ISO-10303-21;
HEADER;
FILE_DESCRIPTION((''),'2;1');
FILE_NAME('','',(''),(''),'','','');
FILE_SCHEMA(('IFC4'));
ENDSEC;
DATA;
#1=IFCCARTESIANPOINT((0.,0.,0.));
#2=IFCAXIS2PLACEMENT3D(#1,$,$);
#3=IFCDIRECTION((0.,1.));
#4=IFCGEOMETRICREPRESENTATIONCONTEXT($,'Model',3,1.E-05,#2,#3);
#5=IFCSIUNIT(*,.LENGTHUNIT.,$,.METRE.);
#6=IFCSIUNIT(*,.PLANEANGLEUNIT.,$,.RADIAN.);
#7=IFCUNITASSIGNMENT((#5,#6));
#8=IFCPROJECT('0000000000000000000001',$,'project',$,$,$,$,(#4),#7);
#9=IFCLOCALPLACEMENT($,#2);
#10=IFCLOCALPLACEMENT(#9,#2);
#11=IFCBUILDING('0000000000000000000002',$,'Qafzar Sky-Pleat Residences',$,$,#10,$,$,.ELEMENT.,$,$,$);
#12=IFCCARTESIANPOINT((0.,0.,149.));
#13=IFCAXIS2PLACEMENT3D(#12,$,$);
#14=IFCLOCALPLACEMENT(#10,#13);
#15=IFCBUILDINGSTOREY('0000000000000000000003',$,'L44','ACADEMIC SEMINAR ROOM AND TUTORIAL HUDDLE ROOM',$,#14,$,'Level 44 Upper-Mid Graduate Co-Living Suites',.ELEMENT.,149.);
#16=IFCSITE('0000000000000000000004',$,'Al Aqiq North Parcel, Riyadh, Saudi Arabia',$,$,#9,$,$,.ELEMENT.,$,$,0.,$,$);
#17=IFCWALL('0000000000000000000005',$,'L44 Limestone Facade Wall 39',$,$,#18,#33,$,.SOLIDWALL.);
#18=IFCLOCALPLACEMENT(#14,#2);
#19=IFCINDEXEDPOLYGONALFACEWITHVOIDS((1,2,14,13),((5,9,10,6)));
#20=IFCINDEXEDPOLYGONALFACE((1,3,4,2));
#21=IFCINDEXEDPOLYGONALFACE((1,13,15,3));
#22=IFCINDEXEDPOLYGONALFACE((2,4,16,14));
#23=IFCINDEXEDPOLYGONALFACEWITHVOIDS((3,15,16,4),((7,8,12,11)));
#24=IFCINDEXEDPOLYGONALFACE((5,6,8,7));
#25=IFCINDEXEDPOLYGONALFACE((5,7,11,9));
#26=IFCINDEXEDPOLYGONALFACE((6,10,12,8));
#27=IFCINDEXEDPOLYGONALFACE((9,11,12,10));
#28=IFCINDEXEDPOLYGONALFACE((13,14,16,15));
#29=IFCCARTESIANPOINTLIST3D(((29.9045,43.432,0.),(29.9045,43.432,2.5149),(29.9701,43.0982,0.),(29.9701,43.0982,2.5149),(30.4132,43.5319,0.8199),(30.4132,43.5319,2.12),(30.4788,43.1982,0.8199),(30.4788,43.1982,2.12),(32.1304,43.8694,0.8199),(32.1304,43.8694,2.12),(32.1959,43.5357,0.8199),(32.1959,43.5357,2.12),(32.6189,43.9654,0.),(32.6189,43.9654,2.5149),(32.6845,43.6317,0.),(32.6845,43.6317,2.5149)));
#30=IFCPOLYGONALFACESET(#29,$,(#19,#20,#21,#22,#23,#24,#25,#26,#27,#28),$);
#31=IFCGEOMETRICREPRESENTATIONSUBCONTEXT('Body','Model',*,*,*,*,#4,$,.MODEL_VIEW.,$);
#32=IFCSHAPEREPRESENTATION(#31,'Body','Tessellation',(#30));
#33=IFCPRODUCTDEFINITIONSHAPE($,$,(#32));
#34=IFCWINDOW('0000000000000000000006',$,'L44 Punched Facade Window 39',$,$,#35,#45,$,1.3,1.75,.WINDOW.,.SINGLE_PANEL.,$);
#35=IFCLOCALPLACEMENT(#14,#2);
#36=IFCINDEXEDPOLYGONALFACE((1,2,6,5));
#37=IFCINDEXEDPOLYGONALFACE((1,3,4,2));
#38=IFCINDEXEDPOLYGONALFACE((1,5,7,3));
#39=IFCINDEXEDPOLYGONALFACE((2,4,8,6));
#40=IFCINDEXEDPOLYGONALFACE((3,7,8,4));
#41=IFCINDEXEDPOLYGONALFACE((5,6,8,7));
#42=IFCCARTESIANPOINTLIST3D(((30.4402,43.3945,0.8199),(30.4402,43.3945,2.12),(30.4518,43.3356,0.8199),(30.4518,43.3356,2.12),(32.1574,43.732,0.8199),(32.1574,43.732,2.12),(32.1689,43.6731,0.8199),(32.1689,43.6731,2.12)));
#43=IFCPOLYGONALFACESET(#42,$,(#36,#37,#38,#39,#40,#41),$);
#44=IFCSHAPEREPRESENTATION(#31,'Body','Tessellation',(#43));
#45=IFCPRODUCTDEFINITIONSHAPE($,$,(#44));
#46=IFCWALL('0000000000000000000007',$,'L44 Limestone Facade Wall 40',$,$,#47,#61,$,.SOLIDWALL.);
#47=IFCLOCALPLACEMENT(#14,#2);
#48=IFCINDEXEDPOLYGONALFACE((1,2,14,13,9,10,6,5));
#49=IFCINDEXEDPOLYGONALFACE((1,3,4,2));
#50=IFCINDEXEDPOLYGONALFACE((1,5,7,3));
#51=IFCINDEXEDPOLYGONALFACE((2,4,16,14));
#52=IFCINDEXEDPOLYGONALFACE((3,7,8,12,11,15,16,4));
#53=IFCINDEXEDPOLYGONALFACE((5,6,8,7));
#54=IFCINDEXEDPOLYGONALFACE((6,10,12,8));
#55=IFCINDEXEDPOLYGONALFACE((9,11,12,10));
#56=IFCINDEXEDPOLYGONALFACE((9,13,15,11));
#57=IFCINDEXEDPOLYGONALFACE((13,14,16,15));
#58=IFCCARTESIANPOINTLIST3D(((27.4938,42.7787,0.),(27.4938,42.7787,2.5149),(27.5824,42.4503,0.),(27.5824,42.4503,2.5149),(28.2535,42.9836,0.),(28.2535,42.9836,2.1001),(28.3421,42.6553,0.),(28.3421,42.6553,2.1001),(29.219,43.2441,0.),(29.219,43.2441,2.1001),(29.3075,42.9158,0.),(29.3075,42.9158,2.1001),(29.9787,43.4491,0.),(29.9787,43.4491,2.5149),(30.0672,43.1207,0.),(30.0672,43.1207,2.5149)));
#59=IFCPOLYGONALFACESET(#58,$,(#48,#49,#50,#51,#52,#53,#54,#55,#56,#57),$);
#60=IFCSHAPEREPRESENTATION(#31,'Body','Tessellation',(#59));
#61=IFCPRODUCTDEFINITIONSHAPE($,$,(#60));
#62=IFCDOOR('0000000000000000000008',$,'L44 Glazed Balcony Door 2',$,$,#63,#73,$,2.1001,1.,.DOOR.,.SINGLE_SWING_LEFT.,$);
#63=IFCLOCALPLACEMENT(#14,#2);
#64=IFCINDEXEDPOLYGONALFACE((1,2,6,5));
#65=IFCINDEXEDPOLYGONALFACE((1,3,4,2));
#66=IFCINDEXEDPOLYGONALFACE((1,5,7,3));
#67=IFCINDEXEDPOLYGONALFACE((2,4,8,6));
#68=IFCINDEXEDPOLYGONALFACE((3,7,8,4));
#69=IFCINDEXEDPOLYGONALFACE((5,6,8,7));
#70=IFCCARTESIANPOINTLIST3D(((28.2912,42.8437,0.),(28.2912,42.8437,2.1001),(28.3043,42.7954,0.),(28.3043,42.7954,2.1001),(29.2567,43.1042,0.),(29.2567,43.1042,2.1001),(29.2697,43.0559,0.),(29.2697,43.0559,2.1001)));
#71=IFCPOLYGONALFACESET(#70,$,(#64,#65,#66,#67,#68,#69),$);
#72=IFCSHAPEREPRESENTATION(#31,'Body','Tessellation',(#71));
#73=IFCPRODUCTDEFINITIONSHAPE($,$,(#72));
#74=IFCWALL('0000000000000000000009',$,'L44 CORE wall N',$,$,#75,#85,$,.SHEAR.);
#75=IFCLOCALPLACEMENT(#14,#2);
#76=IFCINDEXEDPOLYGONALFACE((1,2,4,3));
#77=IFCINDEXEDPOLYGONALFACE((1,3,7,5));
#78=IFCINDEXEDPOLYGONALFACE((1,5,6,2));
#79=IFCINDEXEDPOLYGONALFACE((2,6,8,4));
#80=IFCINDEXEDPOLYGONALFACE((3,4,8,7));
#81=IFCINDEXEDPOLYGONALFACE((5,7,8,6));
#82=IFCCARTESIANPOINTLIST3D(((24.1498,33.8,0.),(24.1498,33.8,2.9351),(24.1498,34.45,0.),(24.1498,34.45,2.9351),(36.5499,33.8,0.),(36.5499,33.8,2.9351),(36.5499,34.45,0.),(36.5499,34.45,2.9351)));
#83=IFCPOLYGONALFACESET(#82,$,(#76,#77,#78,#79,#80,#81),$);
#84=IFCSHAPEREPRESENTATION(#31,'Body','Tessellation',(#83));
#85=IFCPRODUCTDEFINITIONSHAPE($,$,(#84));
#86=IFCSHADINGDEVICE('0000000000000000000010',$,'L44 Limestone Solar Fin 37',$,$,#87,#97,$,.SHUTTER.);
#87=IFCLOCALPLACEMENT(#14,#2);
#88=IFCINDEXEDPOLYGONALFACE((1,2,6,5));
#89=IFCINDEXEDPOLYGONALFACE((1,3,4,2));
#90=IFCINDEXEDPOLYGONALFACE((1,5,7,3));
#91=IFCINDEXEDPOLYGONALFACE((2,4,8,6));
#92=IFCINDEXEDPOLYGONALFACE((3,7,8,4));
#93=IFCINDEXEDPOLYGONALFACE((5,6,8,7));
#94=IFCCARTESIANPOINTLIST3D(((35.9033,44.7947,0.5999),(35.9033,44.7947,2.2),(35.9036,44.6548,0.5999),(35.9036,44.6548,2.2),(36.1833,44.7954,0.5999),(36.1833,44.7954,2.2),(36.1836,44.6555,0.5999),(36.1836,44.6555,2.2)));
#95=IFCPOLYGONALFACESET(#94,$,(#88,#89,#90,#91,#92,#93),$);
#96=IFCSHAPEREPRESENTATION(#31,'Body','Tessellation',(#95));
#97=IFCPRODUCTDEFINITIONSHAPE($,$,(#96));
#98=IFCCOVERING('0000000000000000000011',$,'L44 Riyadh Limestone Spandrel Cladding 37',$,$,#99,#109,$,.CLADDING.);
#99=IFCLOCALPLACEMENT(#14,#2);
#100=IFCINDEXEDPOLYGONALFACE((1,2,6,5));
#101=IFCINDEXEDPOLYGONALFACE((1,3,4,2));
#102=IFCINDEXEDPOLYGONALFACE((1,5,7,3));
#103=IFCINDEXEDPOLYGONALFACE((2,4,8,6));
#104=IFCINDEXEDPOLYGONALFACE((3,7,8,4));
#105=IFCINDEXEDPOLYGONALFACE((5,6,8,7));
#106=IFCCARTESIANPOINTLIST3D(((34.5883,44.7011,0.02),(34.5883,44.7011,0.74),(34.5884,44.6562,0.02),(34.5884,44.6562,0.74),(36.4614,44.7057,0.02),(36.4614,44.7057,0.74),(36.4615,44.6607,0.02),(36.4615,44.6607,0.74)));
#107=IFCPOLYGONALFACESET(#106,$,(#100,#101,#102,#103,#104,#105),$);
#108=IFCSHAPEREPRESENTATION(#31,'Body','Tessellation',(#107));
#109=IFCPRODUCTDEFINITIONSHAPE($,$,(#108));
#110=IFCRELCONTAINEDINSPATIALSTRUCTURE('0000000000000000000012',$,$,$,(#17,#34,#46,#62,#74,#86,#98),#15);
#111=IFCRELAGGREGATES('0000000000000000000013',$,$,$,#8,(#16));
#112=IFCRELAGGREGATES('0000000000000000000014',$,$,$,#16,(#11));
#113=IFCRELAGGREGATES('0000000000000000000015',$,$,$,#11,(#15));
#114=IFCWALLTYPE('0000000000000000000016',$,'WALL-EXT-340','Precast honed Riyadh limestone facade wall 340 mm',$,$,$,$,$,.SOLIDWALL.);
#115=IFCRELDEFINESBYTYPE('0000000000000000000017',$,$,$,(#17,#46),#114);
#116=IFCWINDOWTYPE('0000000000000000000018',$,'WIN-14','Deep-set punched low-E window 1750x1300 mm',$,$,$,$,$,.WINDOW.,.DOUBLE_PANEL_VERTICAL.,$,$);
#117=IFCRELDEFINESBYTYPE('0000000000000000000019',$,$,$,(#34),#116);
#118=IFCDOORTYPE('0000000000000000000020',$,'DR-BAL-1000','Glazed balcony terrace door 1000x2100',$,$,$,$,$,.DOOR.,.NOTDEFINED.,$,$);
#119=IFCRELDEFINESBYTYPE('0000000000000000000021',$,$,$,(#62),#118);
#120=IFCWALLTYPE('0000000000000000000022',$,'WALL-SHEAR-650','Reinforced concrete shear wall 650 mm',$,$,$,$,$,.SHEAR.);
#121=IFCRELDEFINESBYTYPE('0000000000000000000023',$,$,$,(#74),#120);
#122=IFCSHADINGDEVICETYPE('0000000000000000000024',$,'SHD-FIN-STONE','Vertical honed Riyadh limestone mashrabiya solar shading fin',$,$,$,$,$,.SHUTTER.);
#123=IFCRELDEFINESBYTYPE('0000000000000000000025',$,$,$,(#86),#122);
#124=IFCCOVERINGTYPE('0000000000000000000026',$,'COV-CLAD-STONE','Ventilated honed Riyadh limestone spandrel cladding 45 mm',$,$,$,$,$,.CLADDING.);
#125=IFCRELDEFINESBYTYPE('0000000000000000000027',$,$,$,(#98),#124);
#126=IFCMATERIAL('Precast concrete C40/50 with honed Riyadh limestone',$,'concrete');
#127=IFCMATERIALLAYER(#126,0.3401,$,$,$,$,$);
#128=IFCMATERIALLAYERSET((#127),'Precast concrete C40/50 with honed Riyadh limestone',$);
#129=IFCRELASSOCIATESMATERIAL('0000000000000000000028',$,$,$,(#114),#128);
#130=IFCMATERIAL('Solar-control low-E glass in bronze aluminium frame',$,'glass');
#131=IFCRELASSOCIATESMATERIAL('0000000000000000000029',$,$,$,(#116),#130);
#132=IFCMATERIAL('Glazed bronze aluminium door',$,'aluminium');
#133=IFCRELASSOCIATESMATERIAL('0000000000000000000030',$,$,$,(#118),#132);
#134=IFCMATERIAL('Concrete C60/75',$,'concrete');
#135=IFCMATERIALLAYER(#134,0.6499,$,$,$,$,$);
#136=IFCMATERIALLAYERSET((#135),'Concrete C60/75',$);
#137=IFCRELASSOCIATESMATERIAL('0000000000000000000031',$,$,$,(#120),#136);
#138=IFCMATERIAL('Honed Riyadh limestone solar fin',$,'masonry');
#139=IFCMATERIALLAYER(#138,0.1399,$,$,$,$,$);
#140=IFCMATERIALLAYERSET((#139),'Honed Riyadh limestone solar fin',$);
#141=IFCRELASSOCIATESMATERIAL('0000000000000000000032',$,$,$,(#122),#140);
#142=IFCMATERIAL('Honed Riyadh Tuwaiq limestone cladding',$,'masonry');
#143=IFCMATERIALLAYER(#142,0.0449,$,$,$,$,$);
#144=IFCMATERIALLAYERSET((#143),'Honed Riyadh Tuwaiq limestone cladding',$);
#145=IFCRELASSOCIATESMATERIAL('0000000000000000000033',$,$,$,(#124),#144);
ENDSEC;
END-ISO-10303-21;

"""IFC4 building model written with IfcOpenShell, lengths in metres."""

from ifc_helpers import new_model, si_unit, direction, frame, frame_2d, origin, origin_2d, place, context, subcontext, project, spatial, rectangle, extrude, source, transform, mapped, material, layer, layer_set, type_object, element, fill, save


model = new_model("IFC4")

# Units and contexts
model_context = context("Model", 3, precision=1e-05, world=origin(), true_north=direction((0.0, 1.0)))
body_context = subcontext(model_context, "Body", "Model", "MODEL_VIEW")
ifc_project = project(units=[si_unit("LENGTHUNIT", "METRE"), si_unit("PLANEANGLEUNIT", "RADIAN")], contexts=[model_context])

# Site, building, storey
site_placement = place(None, origin())
site = spatial("IfcSite", under=ifc_project, at=site_placement, Name="Al Aqiq North Parcel, Riyadh, Saudi Arabia", CompositionType="ELEMENT", RefElevation=0.0)
building_placement = place(site_placement, origin())
building = spatial("IfcBuilding", under=site, at=building_placement, Name="Qafzar Sky-Pleat Residences", CompositionType="ELEMENT")
storey_placement = place(building_placement, frame((0.0, 0.0, 149.0)))
storey = spatial("IfcBuildingStorey", under=building, at=storey_placement, Name="L44", Description="ACADEMIC SEMINAR ROOM AND TUTORIAL HUDDLE ROOM", LongName="Level 44 Upper-Mid Graduate Co-Living Suites", CompositionType="ELEMENT", Elevation=149.0)

# Wall, opening, window
ifc_material_1 = material(Name="Precast concrete C40/50 with honed Riyadh limestone", Category="concrete")
ifc_layer_1 = layer(ifc_material_1, 0.3401)
ifc_layer_set_1 = layer_set([ifc_layer_1], Name="Precast concrete C40/50 with honed Riyadh limestone")
wall_type_1 = type_object("IfcWallType", Name="WALL-EXT-340", Description="Precast honed Riyadh limestone facade wall 340 mm", PredefinedType="SOLIDWALL", material=ifc_layer_set_1)
ifc_material_2 = material(Name="Solar-control low-E glass in bronze aluminium frame", Category="glass")
wall_1_placement = place(storey_placement, frame((32.6519, 43.7986, 0.0), z_axis=(0.0, 0.0, 1.0), x_axis=(-0.98123, -0.192839, 0.0)))
wall_1 = element("IfcWall", 1, at=wall_1_placement, inside=storey, type_object=wall_type_1, Name="L44 Limestone Facade Wall 39", PredefinedType="SOLIDWALL", context=body_context, shape_type="SweptSolid", body=[
    extrude(rectangle(XDim=2.7664, YDim=0.3401, at=frame_2d((1.3833, 0.0))), origin(), (0.0, 0.0, 1.0), 2.5149),
])
opening_1_placement = place(wall_1_placement, frame((0.498, 0.0, 0.8201)))
opening_1 = element("IfcOpeningElement", 2, at=opening_1_placement, cuts=wall_1, PredefinedType="OPENING", context=body_context, shape_type="SweptSolid", body=[
    extrude(rectangle(XDim=1.75, YDim=1.3, at=frame_2d((0.875, 0.6499))), frame((0.0, 0.1802, 0.0), z_axis=(0.0, -1.0, 0.0), x_axis=(1.0, 0.0, 0.0)), (0.0, 0.0, 1.0), 0.3601),
])
window_type_1 = type_object("IfcWindowType", Name="WIN-14", Description="Deep-set punched low-E window 1750x1300 mm", PartitioningType="DOUBLE_PANEL_VERTICAL", PredefinedType="WINDOW", material=ifc_material_2)
shared_shape_1 = source(origin(), body_context, "Body", "SweptSolid", [
    extrude(rectangle(XDim=1.75, YDim=1.3, at=frame_2d((0.875, 0.6499))), frame((0.0, 0.03, 0.0), z_axis=(0.0, -1.0, 0.0), x_axis=(1.0, 0.0, 0.0)), (0.0, 0.0, 1.0), 0.0601),
])
window_1_placement = place(opening_1_placement, origin())
window_1 = element("IfcWindow", 3, at=window_1_placement, inside=storey, type_object=window_type_1, Name="L44 Punched Facade Window 39", OverallHeight=1.3, OverallWidth=1.75, PartitioningType="SINGLE_PANEL", PredefinedType="WINDOW", context=body_context, shape_type="MappedRepresentation", body=[
    mapped(shared_shape_1, transform((0.0, 0.0, 0.0), x_axis=(1.0, 0.0, 0.0), y_axis=(0.0, 1.0, 0.0), z_axis=(0.0, 0.0, 1.0), scale=1.0)),
])
fill(opening_1, window_1)

# Wall, opening, door
wall_2_placement = place(storey_placement, frame((30.0229, 43.2849, 0.0), z_axis=(0.0, 0.0, 1.0), x_axis=(-0.965478, -0.260484, 0.0)))
wall_2 = element("IfcWall", 4, at=wall_2_placement, inside=storey, type_object=wall_type_1, Name="L44 Limestone Facade Wall 40", PredefinedType="SOLIDWALL", context=body_context, shape_type="SweptSolid", body=[
    extrude(rectangle(XDim=2.5737, YDim=0.3401, at=frame_2d((1.2869, 0.0))), origin(), (0.0, 0.0, 1.0), 2.5149),
])
opening_2_placement = place(wall_2_placement, frame((0.7869, 0.0, 0.0)))
opening_2 = element("IfcOpeningElement", 5, at=opening_2_placement, cuts=wall_2, PredefinedType="OPENING", context=body_context, shape_type="SweptSolid", body=[
    extrude(rectangle(XDim=1.0, YDim=2.1001, at=frame_2d((0.5, 1.05))), frame((0.0, 0.1802, 0.0), z_axis=(0.0, -1.0, 0.0), x_axis=(1.0, 0.0, 0.0)), (0.0, 0.0, 1.0), 0.3601),
])
ifc_material_3 = material(Name="Glazed bronze aluminium door", Category="aluminium")
door_type_1 = type_object("IfcDoorType", Name="DR-BAL-1000", Description="Glazed balcony terrace door 1000x2100", OperationType="NOTDEFINED", PredefinedType="DOOR", material=ifc_material_3)
shared_shape_2 = source(origin(), body_context, "Body", "SweptSolid", [
    extrude(rectangle(XDim=1.0, YDim=2.1001, at=frame_2d((0.5, 1.05))), frame((0.0, 0.0249, 0.0), z_axis=(0.0, -1.0, 0.0), x_axis=(1.0, 0.0, 0.0)), (0.0, 0.0, 1.0), 0.05),
])
door_1_placement = place(opening_2_placement, origin())
door_1 = element("IfcDoor", 6, at=door_1_placement, inside=storey, type_object=door_type_1, Name="L44 Glazed Balcony Door 2", OperationType="SINGLE_SWING_LEFT", OverallHeight=2.1001, OverallWidth=1.0, PredefinedType="DOOR", context=body_context, shape_type="MappedRepresentation", body=[
    mapped(shared_shape_2, transform((0.0, 0.0, 0.0), x_axis=(1.0, 0.0, 0.0), y_axis=(0.0, 1.0, 0.0), z_axis=(0.0, 0.0, 1.0), scale=1.0)),
])
fill(opening_2, door_1)

# Wall
ifc_material_4 = material(Name="Concrete C60/75", Category="concrete")
ifc_layer_2 = layer(ifc_material_4, 0.6499)
ifc_layer_set_2 = layer_set([ifc_layer_2], Name="Concrete C60/75")
wall_type_2 = type_object("IfcWallType", Name="WALL-SHEAR-650", Description="Reinforced concrete shear wall 650 mm", PredefinedType="SHEAR", material=ifc_layer_set_2)
wall_3_placement = place(storey_placement, frame((36.55, 34.125, 0.0), z_axis=(0.0, 0.0, 1.0), x_axis=(-1.0, 0.0, 0.0)))
element("IfcWall", 7, at=wall_3_placement, inside=storey, type_object=wall_type_2, Name="L44 CORE wall N", PredefinedType="SHEAR", context=body_context, shape_type="SweptSolid", body=[
    extrude(rectangle(XDim=12.4001, YDim=0.6499, at=frame_2d((6.2002, 0.0))), origin(), (0.0, 0.0, 1.0), 2.9351),
])

# Shading device
ifc_material_5 = material(Name="Honed Riyadh limestone solar fin", Category="masonry")
ifc_layer_3 = layer(ifc_material_5, 0.1399)
ifc_layer_set_3 = layer_set([ifc_layer_3], Name="Honed Riyadh limestone solar fin")
shading_device_type = type_object("IfcShadingDeviceType", Name="SHD-FIN-STONE", Description="Vertical honed Riyadh limestone mashrabiya solar shading fin", PredefinedType="SHUTTER", material=ifc_layer_set_3)
shared_shape_3 = source(origin(), body_context, "Body", "SweptSolid", [
    extrude(rectangle(XDim=0.1399, YDim=0.28, at=origin_2d()), origin(), (0.0, 0.0, 1.0), 1.6001),
])
shading_device_placement = place(storey_placement, frame((36.0435, 44.7251, 0.5999), z_axis=(0.0, 0.0, 1.0), x_axis=(-0.002444, 0.999997, 0.0)))
element("IfcShadingDevice", 8, at=shading_device_placement, inside=storey, type_object=shading_device_type, Name="L44 Limestone Solar Fin 37", PredefinedType="SHUTTER", context=body_context, shape_type="MappedRepresentation", body=[
    mapped(shared_shape_3, transform((0.0, 0.0, 0.0), x_axis=(1.0, 0.0, 0.0), y_axis=(0.0, 1.0, 0.0), z_axis=(0.0, 0.0, 1.0), scale=1.0)),
])

# Covering
ifc_material_6 = material(Name="Honed Riyadh Tuwaiq limestone cladding", Category="masonry")
ifc_layer_4 = layer(ifc_material_6, 0.0449)
ifc_layer_set_4 = layer_set([ifc_layer_4], Name="Honed Riyadh Tuwaiq limestone cladding")
covering_type = type_object("IfcCoveringType", Name="COV-CLAD-STONE", Description="Ventilated honed Riyadh limestone spandrel cladding 45 mm", PredefinedType="CLADDING", material=ifc_layer_set_4)
shared_shape_4 = source(origin(), body_context, "Body", "SweptSolid", [
    extrude(rectangle(XDim=1.873, YDim=0.0449, at=origin_2d()), origin(), (0.0, 0.0, 1.0), 0.72),
])
covering_placement = place(storey_placement, frame((35.5249, 44.6809, 0.02), z_axis=(0.0, 0.0, 1.0), x_axis=(-0.999997, -0.002451, 0.0)))
element("IfcCovering", 9, at=covering_placement, inside=storey, type_object=covering_type, Name="L44 Riyadh Limestone Spandrel Cladding 37", PredefinedType="CLADDING", context=body_context, shape_type="MappedRepresentation", body=[
    mapped(shared_shape_4, transform((0.0, 0.0, 0.0), x_axis=(1.0, 0.0, 0.0), y_axis=(0.0, 1.0, 0.0), z_axis=(0.0, 0.0, 1.0), scale=1.0)),
])

save(model, "model.ifc")
